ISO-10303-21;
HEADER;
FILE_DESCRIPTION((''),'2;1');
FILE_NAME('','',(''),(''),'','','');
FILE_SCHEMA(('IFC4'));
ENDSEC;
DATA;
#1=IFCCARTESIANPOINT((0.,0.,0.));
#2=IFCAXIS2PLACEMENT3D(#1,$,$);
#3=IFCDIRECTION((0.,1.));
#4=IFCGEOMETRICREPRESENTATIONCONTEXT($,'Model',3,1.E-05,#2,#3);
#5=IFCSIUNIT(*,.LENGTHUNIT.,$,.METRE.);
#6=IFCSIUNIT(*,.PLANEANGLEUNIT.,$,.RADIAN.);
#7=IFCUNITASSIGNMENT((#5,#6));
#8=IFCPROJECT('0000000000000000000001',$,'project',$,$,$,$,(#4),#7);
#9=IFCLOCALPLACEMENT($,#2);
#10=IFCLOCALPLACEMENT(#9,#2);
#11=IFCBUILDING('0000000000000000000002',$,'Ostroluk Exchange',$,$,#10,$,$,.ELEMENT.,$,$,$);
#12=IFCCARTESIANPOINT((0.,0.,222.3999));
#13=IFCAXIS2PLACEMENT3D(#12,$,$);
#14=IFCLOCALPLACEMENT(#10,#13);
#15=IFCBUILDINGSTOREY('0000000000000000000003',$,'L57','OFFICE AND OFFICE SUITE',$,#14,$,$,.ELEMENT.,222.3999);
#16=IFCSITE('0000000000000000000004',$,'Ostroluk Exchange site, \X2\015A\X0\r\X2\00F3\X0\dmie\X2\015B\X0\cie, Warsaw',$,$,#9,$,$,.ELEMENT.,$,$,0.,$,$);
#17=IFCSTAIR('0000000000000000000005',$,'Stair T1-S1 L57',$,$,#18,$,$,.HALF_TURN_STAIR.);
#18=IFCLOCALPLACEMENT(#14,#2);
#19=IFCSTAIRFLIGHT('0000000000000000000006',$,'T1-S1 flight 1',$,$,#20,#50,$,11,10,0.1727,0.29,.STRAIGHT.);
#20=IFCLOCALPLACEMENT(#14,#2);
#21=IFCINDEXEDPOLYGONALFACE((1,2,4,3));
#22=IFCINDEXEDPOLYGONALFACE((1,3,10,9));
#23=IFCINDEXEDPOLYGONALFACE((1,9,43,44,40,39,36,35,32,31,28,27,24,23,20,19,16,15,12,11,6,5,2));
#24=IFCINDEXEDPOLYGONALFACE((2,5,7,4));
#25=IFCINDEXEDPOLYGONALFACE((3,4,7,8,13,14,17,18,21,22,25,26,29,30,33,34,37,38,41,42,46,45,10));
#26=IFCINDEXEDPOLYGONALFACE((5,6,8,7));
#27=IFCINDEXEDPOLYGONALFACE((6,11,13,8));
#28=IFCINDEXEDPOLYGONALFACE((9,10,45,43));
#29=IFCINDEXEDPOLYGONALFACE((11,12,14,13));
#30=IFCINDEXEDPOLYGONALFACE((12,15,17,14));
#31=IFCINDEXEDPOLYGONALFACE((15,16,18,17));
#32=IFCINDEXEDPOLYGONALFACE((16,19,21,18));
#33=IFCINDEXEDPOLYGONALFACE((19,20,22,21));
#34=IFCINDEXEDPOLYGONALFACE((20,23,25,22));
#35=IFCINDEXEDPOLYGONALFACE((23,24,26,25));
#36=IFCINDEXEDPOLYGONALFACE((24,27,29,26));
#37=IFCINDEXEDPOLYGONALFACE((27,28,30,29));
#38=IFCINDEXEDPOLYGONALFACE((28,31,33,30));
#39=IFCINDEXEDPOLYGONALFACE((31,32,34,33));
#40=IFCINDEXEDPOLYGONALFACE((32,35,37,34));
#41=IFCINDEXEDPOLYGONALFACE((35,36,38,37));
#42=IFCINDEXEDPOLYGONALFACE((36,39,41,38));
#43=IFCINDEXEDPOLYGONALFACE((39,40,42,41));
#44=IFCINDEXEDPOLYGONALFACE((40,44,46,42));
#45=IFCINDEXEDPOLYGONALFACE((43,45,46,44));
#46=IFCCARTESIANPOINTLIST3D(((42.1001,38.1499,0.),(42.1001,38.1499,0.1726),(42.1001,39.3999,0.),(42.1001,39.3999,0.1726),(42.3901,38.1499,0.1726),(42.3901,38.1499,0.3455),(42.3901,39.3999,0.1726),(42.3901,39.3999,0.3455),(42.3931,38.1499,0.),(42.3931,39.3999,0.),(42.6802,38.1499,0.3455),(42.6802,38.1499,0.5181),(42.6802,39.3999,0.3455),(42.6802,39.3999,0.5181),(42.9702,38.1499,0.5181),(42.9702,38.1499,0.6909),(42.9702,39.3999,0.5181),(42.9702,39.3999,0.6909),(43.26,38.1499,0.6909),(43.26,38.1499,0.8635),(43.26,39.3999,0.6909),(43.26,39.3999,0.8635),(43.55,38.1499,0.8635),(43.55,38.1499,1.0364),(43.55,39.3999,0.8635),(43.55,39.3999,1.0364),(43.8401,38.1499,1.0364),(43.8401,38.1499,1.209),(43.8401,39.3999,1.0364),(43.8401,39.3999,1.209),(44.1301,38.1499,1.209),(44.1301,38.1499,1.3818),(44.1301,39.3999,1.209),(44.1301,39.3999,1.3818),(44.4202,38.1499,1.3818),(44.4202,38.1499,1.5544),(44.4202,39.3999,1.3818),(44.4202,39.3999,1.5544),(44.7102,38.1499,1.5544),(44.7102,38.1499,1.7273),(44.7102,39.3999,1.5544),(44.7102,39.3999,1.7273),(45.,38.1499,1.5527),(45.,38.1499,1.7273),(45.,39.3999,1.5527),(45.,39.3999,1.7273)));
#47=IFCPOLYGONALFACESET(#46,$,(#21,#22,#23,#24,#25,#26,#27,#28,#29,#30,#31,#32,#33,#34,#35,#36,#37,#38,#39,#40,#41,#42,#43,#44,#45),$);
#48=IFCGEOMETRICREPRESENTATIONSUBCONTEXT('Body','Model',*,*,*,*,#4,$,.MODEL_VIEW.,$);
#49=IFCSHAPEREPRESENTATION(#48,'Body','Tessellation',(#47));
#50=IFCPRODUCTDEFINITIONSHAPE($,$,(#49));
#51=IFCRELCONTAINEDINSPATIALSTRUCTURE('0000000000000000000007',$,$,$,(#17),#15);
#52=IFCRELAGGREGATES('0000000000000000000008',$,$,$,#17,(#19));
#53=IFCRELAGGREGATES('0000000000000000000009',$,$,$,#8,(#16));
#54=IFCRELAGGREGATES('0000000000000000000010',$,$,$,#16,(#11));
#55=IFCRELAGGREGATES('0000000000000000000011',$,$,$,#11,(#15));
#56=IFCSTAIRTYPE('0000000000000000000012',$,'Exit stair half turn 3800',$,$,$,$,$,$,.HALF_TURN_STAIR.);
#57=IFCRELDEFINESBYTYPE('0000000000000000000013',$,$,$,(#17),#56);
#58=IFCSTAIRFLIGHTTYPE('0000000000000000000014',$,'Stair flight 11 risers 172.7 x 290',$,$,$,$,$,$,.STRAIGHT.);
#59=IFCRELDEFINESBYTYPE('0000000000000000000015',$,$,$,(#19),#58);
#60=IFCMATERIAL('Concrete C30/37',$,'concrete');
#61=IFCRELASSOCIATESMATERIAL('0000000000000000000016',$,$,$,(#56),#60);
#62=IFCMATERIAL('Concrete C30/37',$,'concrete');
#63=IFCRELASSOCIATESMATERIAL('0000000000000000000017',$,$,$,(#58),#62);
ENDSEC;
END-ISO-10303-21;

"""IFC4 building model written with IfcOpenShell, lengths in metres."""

from ifc_helpers import new_model, si_unit, direction, frame, origin, place, context, subcontext, project, spatial, polyline, outline, extrude, material, type_object, element, aggregate, save


model = new_model("IFC4")

# Units and contexts
model_context = context("Model", 3, precision=1e-05, world=origin(), true_north=direction((0.0, 1.0)))
body_context = subcontext(model_context, "Body", "Model", "MODEL_VIEW")
ifc_project = project(units=[si_unit("LENGTHUNIT", "METRE"), si_unit("PLANEANGLEUNIT", "RADIAN")], contexts=[model_context])

# Site, building, storey
site_placement = place(None, origin())
site = spatial("IfcSite", under=ifc_project, at=site_placement, Name="Ostroluk Exchange site, Śródmieście, Warsaw", CompositionType="ELEMENT", RefElevation=0.0)
building_placement = place(site_placement, origin())
building = spatial("IfcBuilding", under=site, at=building_placement, Name="Ostroluk Exchange", CompositionType="ELEMENT")
storey_placement = place(building_placement, frame((0.0, 0.0, 222.3999)))
storey = spatial("IfcBuildingStorey", under=building, at=storey_placement, Name="L57", Description="OFFICE AND OFFICE SUITE", CompositionType="ELEMENT", Elevation=222.3999)

# Stair, stair flight
ifc_material_1 = material(Name="Concrete C30/37", Category="concrete")
stair_type = type_object("IfcStairType", Name="Exit stair half turn 3800", PredefinedType="HALF_TURN_STAIR", material=ifc_material_1)
stair_placement = place(storey_placement, origin())
stair = element("IfcStair", 1, at=stair_placement, inside=storey, type_object=stair_type, Name="Stair T1-S1 L57", PredefinedType="HALF_TURN_STAIR")
ifc_material_2 = material(Name="Concrete C30/37", Category="concrete")
stair_flight_type = type_object("IfcStairFlightType", Name="Stair flight 11 risers 172.7 x 290", PredefinedType="STRAIGHT", material=ifc_material_2)
stair_flight_placement = place(storey_placement, frame((42.1001, 38.7749, 0.0), z_axis=(0.0, 0.0, 1.0), x_axis=(1.0, 0.0, 0.0)))
stair_flight = element("IfcStairFlight", 2, at=stair_flight_placement, type_object=stair_flight_type, Name="T1-S1 flight 1", NumberOfRisers=11, NumberOfTreads=10, PredefinedType="STRAIGHT", RiserHeight=0.1727, TreadLength=0.29, context=body_context, shape_type="SweptSolid", body=[
    extrude(outline(polyline([(0.0, 0.0), (0.0, 0.1726), (0.29, 0.1726), (0.29, 0.3455), (0.5801, 0.3455), (0.5801, 0.5181), (0.8701, 0.5181), (0.8701, 0.6909), (1.1599, 0.6909), (1.1599, 0.8635), (1.45, 0.8635), (1.45, 1.0364), (1.74, 1.0364), (1.74, 1.209), (2.03, 1.209), (2.03, 1.3818), (2.3201, 1.3818), (2.3201, 1.5544), (2.6101, 1.5544), (2.6101, 1.7273), (2.8999, 1.7273), (2.8999, 1.8999), (2.8999, 1.5527), (0.293, 0.0), (0.0, 0.0)])), frame((0.0, 0.625, 0.0), z_axis=(0.0, -1.0, 0.0), x_axis=(1.0, 0.0, 0.0)), (0.0, 0.0, 1.0), 1.25),
])
aggregate(stair, [stair_flight])

save(model, "model.ifc")
